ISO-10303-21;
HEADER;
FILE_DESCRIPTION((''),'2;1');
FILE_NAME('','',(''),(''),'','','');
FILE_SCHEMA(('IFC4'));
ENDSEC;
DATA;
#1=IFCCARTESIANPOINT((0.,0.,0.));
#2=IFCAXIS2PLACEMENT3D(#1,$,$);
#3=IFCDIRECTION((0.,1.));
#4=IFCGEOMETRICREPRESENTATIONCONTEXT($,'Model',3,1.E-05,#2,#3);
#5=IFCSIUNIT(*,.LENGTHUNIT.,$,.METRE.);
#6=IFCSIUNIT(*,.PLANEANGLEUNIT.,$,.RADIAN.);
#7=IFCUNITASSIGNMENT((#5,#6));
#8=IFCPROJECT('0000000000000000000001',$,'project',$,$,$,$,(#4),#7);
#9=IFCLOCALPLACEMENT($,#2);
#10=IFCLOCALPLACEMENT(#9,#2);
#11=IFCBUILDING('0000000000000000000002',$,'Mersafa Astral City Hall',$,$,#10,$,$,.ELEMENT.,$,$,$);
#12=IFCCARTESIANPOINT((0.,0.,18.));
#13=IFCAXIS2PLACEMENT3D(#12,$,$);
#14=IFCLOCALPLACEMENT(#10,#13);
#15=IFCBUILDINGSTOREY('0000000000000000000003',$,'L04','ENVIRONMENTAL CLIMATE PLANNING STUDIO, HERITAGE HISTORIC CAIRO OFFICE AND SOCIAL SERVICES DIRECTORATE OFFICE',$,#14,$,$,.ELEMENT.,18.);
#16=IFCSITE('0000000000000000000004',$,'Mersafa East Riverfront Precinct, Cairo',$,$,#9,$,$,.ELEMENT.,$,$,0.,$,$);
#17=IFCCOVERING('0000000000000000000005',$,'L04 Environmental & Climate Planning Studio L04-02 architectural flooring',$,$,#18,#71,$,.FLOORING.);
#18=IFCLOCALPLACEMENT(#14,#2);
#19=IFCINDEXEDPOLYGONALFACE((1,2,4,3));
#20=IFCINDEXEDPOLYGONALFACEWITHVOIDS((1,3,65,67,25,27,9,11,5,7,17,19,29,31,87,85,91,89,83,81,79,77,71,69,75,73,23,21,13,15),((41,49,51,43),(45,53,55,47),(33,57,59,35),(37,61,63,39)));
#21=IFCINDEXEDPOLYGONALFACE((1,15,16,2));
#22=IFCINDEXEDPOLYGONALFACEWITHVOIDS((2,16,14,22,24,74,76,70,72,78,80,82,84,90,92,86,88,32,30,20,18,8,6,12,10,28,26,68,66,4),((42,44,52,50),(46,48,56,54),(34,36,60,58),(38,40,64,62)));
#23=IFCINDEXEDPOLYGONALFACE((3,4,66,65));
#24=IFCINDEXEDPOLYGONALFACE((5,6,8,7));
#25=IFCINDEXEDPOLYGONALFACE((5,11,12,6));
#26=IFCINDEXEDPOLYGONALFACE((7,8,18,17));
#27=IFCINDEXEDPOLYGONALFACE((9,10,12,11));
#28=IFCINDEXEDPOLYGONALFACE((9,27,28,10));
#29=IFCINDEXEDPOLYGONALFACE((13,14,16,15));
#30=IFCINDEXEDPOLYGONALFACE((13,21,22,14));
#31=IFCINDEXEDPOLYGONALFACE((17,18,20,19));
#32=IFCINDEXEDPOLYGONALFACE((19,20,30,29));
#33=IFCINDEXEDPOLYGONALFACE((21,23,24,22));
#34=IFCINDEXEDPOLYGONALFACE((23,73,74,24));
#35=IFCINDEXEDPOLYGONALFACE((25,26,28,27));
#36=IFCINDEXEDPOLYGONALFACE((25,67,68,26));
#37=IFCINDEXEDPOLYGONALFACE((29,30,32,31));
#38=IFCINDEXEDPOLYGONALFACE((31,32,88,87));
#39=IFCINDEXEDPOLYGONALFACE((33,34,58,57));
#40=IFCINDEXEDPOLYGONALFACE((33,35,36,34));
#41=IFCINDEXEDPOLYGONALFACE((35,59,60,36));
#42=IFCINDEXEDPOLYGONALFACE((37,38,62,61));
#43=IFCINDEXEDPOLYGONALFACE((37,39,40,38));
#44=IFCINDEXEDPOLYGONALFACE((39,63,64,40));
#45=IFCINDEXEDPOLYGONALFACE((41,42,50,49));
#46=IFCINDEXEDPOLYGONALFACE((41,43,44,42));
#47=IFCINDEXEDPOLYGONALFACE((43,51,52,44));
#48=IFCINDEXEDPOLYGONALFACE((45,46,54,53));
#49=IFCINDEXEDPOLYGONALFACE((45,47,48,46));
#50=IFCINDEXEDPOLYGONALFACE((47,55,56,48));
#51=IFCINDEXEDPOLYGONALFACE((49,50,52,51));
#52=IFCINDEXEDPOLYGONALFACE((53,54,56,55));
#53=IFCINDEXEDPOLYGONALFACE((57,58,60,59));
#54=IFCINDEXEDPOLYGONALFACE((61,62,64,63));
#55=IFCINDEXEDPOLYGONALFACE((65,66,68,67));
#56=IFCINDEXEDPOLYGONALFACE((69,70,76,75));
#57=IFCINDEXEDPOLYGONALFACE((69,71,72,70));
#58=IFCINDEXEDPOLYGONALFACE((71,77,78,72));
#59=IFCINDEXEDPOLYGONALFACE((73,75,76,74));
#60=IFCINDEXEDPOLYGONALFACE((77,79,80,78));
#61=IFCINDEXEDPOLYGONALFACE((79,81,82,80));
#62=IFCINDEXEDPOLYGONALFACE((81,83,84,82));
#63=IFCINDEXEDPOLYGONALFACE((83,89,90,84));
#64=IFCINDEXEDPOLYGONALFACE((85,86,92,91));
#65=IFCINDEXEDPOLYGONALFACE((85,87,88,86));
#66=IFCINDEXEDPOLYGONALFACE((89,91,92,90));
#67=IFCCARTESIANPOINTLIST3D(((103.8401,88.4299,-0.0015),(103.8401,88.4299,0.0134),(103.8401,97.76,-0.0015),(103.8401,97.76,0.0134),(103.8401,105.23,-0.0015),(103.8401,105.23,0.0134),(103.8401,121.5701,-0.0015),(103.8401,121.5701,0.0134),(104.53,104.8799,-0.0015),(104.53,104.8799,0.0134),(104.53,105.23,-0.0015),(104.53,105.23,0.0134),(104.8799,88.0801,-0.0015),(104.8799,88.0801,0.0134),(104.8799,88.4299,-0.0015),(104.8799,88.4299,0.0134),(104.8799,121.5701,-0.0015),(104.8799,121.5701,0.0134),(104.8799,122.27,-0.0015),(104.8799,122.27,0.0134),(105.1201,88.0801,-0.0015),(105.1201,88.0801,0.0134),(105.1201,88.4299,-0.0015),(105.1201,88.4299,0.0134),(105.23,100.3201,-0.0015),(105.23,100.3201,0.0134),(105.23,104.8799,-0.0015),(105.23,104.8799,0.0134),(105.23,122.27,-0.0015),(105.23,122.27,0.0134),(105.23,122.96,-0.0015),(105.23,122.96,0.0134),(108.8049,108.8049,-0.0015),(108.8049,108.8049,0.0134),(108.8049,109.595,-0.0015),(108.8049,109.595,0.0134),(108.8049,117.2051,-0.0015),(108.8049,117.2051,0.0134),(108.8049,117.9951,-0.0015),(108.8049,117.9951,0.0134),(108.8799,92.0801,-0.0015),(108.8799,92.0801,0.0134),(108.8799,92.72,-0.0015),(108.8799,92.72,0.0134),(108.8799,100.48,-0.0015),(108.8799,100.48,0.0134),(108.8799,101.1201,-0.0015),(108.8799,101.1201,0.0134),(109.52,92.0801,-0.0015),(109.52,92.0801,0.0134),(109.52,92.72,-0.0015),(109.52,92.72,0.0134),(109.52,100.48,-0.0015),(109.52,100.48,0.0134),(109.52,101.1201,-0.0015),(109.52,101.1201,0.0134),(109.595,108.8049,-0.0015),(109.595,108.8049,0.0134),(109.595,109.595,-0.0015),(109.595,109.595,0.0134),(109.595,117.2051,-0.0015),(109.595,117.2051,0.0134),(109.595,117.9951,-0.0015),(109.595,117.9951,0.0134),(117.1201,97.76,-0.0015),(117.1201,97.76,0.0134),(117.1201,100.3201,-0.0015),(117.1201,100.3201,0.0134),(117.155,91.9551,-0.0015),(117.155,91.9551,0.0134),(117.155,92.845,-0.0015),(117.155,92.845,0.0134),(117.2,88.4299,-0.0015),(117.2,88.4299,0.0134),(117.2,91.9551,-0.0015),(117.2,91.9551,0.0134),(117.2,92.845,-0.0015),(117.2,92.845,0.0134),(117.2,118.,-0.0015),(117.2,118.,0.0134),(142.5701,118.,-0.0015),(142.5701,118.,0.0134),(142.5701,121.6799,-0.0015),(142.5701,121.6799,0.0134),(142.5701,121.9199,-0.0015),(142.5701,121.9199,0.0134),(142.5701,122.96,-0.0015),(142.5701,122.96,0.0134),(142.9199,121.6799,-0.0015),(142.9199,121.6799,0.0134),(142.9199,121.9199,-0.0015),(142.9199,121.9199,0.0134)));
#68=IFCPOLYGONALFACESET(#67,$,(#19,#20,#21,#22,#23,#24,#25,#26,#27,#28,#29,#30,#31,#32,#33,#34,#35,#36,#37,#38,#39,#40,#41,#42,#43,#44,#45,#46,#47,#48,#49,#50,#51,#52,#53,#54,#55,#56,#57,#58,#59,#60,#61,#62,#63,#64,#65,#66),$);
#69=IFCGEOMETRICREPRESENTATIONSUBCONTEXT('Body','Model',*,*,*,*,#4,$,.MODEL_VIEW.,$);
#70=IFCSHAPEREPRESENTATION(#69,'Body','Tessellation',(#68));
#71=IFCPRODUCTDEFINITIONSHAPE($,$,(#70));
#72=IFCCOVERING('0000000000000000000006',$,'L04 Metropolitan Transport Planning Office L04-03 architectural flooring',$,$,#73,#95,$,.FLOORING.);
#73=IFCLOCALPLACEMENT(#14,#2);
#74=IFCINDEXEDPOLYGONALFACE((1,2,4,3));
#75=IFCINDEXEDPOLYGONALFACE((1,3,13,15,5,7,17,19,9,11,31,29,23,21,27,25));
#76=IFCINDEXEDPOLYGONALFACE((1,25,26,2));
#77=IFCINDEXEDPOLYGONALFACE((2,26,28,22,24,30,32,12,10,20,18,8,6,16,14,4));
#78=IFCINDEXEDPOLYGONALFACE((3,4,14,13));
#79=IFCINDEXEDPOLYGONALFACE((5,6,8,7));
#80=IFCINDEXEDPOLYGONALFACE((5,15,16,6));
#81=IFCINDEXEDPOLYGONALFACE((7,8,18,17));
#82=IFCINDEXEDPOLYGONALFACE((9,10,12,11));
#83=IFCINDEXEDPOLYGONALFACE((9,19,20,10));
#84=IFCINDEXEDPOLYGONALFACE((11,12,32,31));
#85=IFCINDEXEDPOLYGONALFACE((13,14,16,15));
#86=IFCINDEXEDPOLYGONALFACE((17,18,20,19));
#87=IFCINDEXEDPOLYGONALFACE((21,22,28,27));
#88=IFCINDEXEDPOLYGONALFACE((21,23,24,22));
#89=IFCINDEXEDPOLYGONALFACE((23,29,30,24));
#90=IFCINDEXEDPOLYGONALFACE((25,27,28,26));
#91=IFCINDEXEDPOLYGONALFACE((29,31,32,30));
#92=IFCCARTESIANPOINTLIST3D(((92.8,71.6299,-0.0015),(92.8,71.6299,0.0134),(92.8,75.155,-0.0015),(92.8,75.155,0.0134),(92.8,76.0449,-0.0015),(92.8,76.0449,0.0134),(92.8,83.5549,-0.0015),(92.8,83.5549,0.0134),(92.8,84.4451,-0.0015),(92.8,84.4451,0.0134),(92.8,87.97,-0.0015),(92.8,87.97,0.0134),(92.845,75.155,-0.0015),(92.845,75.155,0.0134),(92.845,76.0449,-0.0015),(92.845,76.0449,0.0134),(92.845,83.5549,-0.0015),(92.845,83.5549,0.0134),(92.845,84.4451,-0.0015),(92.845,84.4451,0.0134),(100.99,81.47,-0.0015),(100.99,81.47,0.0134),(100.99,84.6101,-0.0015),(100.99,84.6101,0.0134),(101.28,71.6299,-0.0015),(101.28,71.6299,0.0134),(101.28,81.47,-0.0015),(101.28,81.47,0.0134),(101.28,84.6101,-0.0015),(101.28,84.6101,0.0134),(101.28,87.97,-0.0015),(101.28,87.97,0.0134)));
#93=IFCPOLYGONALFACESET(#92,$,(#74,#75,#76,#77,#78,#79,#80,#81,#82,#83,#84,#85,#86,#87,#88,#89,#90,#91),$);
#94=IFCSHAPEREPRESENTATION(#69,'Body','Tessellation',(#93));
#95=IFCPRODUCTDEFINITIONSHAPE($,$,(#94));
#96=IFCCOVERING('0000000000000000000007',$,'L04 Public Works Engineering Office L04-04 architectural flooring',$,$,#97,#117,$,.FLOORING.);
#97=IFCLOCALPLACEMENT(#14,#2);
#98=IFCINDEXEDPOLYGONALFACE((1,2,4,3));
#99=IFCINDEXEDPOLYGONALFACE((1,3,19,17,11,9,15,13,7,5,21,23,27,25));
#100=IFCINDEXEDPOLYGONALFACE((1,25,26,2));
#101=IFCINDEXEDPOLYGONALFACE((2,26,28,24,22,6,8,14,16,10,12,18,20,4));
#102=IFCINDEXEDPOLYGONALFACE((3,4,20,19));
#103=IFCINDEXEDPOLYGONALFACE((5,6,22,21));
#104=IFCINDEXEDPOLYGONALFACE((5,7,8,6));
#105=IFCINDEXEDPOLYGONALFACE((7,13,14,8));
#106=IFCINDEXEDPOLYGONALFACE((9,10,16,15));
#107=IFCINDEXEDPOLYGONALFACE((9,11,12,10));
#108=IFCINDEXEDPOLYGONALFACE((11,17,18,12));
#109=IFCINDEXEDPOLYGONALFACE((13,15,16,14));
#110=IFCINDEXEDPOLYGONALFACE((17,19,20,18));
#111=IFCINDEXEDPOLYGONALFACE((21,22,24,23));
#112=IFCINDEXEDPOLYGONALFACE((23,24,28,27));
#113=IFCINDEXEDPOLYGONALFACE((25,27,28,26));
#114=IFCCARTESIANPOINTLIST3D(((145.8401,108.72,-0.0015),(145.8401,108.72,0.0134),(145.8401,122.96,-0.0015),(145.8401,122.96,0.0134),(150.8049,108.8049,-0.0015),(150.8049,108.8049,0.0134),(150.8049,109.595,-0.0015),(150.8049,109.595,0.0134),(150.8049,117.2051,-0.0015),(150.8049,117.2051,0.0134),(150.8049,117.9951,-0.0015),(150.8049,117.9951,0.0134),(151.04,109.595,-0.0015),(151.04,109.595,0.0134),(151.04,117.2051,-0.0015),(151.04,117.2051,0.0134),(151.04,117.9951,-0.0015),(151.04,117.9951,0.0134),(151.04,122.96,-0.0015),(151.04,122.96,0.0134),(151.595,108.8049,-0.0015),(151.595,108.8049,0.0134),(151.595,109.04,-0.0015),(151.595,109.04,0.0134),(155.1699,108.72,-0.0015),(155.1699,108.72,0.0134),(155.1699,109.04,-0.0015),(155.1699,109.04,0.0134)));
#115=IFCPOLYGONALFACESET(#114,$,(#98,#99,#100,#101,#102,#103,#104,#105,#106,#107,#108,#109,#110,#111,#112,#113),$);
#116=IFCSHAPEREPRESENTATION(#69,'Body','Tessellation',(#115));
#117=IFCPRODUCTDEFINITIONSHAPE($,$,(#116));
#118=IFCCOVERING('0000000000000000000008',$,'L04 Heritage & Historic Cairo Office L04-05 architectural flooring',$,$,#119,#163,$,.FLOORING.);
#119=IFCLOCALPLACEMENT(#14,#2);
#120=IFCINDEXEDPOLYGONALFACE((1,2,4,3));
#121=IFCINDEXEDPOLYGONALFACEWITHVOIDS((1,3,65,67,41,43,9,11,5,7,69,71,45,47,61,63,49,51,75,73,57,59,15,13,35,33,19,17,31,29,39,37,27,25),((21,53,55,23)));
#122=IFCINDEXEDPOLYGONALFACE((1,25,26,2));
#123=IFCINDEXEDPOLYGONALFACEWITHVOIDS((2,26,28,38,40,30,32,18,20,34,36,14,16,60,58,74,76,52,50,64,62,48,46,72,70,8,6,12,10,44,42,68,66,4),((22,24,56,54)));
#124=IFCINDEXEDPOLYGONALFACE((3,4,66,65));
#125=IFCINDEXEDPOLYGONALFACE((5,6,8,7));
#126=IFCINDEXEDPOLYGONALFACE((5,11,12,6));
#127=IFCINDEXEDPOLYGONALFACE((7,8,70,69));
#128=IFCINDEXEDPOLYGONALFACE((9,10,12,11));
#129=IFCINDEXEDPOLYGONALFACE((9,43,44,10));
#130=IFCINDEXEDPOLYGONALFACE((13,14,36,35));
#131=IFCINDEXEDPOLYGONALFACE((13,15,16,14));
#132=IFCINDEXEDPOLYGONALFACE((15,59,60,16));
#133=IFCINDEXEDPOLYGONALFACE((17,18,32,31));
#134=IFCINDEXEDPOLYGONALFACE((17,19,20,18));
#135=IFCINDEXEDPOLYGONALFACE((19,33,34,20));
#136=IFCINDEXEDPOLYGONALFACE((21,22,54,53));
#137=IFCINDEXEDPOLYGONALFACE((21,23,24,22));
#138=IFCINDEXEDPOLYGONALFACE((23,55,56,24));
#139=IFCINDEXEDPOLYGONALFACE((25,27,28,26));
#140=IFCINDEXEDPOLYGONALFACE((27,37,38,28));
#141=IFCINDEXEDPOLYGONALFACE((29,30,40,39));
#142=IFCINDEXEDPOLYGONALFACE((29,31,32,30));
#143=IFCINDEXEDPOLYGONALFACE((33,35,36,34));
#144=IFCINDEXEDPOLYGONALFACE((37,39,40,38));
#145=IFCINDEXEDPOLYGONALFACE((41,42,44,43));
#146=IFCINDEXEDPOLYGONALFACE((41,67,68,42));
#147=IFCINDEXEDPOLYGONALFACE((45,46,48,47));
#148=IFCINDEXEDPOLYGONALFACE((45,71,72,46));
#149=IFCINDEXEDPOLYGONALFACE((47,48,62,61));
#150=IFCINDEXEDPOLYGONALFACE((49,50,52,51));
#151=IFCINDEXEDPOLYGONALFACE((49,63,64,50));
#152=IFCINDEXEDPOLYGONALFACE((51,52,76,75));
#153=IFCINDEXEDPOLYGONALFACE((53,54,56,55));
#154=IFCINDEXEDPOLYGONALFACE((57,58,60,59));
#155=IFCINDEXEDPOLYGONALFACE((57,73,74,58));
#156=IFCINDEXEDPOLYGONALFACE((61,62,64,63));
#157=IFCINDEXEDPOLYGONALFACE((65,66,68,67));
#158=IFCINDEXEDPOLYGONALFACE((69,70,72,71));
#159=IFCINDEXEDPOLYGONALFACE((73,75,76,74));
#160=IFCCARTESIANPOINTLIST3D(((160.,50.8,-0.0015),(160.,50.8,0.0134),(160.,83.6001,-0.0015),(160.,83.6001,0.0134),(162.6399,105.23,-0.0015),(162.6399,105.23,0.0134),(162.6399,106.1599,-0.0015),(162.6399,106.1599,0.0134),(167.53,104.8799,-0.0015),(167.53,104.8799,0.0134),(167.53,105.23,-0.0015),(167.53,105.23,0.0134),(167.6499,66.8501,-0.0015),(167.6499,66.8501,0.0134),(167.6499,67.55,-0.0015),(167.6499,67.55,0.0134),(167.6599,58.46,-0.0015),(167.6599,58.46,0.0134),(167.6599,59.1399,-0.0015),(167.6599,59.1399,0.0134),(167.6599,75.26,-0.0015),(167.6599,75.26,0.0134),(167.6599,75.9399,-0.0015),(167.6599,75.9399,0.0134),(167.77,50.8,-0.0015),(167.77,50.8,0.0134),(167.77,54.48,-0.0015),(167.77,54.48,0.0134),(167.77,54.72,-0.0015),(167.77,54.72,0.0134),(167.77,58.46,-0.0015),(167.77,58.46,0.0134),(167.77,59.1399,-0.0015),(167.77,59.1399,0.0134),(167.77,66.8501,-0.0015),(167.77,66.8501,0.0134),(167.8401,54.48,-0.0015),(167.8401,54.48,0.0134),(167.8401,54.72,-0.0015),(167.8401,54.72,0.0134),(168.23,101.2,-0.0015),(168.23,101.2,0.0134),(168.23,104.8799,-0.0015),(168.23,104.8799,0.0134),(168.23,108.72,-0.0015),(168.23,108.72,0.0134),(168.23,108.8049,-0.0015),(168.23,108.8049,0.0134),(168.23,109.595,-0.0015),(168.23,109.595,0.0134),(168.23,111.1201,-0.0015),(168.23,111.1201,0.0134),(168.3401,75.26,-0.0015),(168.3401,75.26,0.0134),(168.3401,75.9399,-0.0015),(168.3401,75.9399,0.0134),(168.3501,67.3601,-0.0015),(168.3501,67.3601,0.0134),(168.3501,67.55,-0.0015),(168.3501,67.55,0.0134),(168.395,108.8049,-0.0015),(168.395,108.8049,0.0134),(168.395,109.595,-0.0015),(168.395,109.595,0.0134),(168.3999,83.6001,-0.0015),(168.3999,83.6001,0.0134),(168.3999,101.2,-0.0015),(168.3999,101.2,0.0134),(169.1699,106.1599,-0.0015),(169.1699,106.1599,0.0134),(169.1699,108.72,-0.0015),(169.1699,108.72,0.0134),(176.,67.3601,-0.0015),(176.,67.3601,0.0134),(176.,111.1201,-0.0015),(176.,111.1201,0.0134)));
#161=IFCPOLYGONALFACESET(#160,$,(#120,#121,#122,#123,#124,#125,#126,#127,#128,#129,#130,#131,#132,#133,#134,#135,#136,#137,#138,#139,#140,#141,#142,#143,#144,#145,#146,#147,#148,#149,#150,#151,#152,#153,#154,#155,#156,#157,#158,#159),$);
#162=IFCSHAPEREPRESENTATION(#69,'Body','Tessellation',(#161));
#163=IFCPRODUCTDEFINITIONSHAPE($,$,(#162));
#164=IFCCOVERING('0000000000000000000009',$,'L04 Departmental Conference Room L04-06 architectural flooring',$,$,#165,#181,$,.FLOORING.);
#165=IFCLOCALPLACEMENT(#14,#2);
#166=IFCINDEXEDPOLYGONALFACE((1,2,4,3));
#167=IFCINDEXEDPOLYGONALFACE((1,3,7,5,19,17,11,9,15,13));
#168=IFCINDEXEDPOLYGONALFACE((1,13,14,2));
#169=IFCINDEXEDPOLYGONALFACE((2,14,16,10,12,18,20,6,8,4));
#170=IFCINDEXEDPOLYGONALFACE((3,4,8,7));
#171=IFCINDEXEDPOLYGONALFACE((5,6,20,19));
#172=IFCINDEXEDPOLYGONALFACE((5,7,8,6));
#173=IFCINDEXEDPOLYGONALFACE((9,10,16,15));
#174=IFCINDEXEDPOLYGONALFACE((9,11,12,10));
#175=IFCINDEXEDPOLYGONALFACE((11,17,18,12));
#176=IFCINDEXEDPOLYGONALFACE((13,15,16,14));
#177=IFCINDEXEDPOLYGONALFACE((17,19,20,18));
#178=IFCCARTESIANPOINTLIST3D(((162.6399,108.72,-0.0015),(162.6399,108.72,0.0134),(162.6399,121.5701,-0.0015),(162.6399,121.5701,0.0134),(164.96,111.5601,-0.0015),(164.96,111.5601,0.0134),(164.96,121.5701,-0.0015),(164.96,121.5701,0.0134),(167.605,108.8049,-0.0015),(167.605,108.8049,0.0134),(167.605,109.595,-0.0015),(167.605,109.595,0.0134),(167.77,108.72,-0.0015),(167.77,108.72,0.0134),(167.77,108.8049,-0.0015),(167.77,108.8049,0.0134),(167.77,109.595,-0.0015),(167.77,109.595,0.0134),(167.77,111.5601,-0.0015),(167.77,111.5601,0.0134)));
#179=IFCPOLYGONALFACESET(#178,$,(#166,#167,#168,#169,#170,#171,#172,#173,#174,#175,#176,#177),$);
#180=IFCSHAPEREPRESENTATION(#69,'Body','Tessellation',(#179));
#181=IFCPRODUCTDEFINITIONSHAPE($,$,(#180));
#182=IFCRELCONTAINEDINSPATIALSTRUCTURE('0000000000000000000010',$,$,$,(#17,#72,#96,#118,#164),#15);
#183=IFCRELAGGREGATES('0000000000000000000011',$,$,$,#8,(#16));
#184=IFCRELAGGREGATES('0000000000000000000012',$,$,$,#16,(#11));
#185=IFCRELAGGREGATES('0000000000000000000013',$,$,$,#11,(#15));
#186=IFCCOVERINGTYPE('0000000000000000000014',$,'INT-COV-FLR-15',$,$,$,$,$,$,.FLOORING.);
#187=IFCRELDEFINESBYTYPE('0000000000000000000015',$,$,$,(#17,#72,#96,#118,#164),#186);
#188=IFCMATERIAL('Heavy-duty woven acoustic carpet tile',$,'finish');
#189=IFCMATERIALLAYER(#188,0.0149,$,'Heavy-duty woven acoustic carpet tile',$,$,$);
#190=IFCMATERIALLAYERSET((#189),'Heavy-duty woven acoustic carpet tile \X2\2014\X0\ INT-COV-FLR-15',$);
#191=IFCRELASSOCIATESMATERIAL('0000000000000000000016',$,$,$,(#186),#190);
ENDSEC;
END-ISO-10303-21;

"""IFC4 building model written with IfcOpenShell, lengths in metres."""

from ifc_helpers import new_model, si_unit, direction, frame, origin, place, context, subcontext, project, spatial, polyline, outline, extrude, material, layer, layer_set, type_object, element, save


model = new_model("IFC4")

# Units and contexts
model_context = context("Model", 3, precision=1e-05, world=origin(), true_north=direction((0.0, 1.0)))
body_context = subcontext(model_context, "Body", "Model", "MODEL_VIEW")
ifc_project = project(units=[si_unit("LENGTHUNIT", "METRE"), si_unit("PLANEANGLEUNIT", "RADIAN")], contexts=[model_context])

# Site, building, storey
site_placement = place(None, origin())
site = spatial("IfcSite", under=ifc_project, at=site_placement, Name="Mersafa East Riverfront Precinct, Cairo", CompositionType="ELEMENT", RefElevation=0.0)
building_placement = place(site_placement, origin())
building = spatial("IfcBuilding", under=site, at=building_placement, Name="Mersafa Astral City Hall", CompositionType="ELEMENT")
storey_placement = place(building_placement, frame((0.0, 0.0, 18.0)))
storey = spatial("IfcBuildingStorey", under=building, at=storey_placement, Name="L04", Description="ENVIRONMENTAL CLIMATE PLANNING STUDIO, HERITAGE HISTORIC CAIRO OFFICE AND SOCIAL SERVICES DIRECTORATE OFFICE", CompositionType="ELEMENT", Elevation=18.0)

# Coverings
ifc_material_1 = material(Name="Heavy-duty woven acoustic carpet tile", Category="finish")
ifc_layer_1 = layer(ifc_material_1, 0.0149, Name="Heavy-duty woven acoustic carpet tile")
ifc_layer_set_1 = layer_set([ifc_layer_1], Name="Heavy-duty woven acoustic carpet tile — INT-COV-FLR-15")
covering_type_1 = type_object("IfcCoveringType", Name="INT-COV-FLR-15", PredefinedType="FLOORING", material=ifc_layer_set_1)
covering_1_placement = place(storey_placement, frame((0.0, 0.0, -0.0015)))
element("IfcCovering", 1, at=covering_1_placement, inside=storey, type_object=covering_type_1, Name="L04 Environmental & Climate Planning Studio L04-02 architectural flooring", PredefinedType="FLOORING", context=body_context, shape_type="SweptSolid", body=[
    extrude(outline(polyline([(105.23, 100.3201), (105.23, 104.8799), (104.53, 104.8799), (104.53, 105.23), (103.8401, 105.23), (103.8401, 121.5701), (104.8799, 121.5701), (104.8799, 122.27), (105.23, 122.27), (105.23, 122.96), (142.5701, 122.96), (142.5701, 121.9199), (142.9199, 121.9199), (142.9199, 121.6799), (142.5701, 121.6799), (142.5701, 118.0), (117.2, 118.0), (117.2, 92.845), (117.155, 92.845), (117.155, 91.9551), (117.2, 91.9551), (117.2, 88.4299), (105.1201, 88.4299), (105.1201, 88.0801), (104.8799, 88.0801), (104.8799, 88.4299), (103.8401, 88.4299), (103.8401, 97.76), (117.1201, 97.76), (117.1201, 100.3201), (105.23, 100.3201)]), holes=[polyline([(109.595, 108.8049), (109.595, 109.595), (108.8049, 109.595), (108.8049, 108.8049), (109.595, 108.8049)]), polyline([(109.595, 117.2051), (109.595, 117.9951), (108.8049, 117.9951), (108.8049, 117.2051), (109.595, 117.2051)]), polyline([(109.52, 92.0801), (109.52, 92.72), (108.8799, 92.72), (108.8799, 92.0801), (109.52, 92.0801)]), polyline([(109.52, 101.1201), (108.8799, 101.1201), (108.8799, 100.48), (109.52, 100.48), (109.52, 101.1201)])]), origin(), (0.0, 0.0, 1.0), 0.0149),
])
covering_2_placement = place(storey_placement, frame((0.0, 0.0, -0.0015)))
element("IfcCovering", 2, at=covering_2_placement, inside=storey, type_object=covering_type_1, Name="L04 Metropolitan Transport Planning Office L04-03 architectural flooring", PredefinedType="FLOORING", context=body_context, shape_type="SweptSolid", body=[
    extrude(outline(polyline([(92.845, 75.155), (92.845, 76.0449), (92.8, 76.0449), (92.8, 83.5549), (92.845, 83.5549), (92.845, 84.4451), (92.8, 84.4451), (92.8, 87.97), (101.28, 87.97), (101.28, 84.6101), (100.99, 84.6101), (100.99, 81.47), (101.28, 81.47), (101.28, 71.6299), (92.8, 71.6299), (92.8, 75.155), (92.845, 75.155)])), origin(), (0.0, 0.0, 1.0), 0.0149),
])
covering_3_placement = place(storey_placement, frame((0.0, 0.0, -0.0015)))
element("IfcCovering", 3, at=covering_3_placement, inside=storey, type_object=covering_type_1, Name="L04 Public Works Engineering Office L04-04 architectural flooring", PredefinedType="FLOORING", context=body_context, shape_type="SweptSolid", body=[
    extrude(outline(polyline([(151.04, 122.96), (151.04, 117.9951), (150.8049, 117.9951), (150.8049, 117.2051), (151.04, 117.2051), (151.04, 109.595), (150.8049, 109.595), (150.8049, 108.8049), (151.595, 108.8049), (151.595, 109.04), (155.1699, 109.04), (155.1699, 108.72), (145.8401, 108.72), (145.8401, 122.96), (151.04, 122.96)])), origin(), (0.0, 0.0, 1.0), 0.0149),
])
covering_4_placement = place(storey_placement, frame((0.0, 0.0, -0.0015)))
element("IfcCovering", 4, at=covering_4_placement, inside=storey, type_object=covering_type_1, Name="L04 Heritage & Historic Cairo Office L04-05 architectural flooring", PredefinedType="FLOORING", context=body_context, shape_type="SweptSolid", body=[
    extrude(outline(polyline([(168.3999, 83.6001), (168.3999, 101.2), (168.23, 101.2), (168.23, 104.8799), (167.53, 104.8799), (167.53, 105.23), (162.6399, 105.23), (162.6399, 106.1599), (169.1699, 106.1599), (169.1699, 108.72), (168.23, 108.72), (168.23, 108.8049), (168.395, 108.8049), (168.395, 109.595), (168.23, 109.595), (168.23, 111.1201), (176.0, 111.1201), (176.0, 67.3601), (168.3501, 67.3601), (168.3501, 67.55), (167.6499, 67.55), (167.6499, 66.8501), (167.77, 66.8501), (167.77, 59.1399), (167.6599, 59.1399), (167.6599, 58.46), (167.77, 58.46), (167.77, 54.72), (167.8401, 54.72), (167.8401, 54.48), (167.77, 54.48), (167.77, 50.8), (160.0, 50.8), (160.0, 83.6001), (168.3999, 83.6001)]), holes=[polyline([(168.3401, 75.26), (168.3401, 75.9399), (167.6599, 75.9399), (167.6599, 75.26), (168.3401, 75.26)])]), origin(), (0.0, 0.0, 1.0), 0.0149),
])
covering_5_placement = place(storey_placement, frame((0.0, 0.0, -0.0015)))
element("IfcCovering", 5, at=covering_5_placement, inside=storey, type_object=covering_type_1, Name="L04 Departmental Conference Room L04-06 architectural flooring", PredefinedType="FLOORING", context=body_context, shape_type="SweptSolid", body=[
    extrude(outline(polyline([(164.96, 121.5701), (164.96, 111.5601), (167.77, 111.5601), (167.77, 109.595), (167.605, 109.595), (167.605, 108.8049), (167.77, 108.8049), (167.77, 108.72), (162.6399, 108.72), (162.6399, 121.5701), (164.96, 121.5701)])), origin(), (0.0, 0.0, 1.0), 0.0149),
])

save(model, "model.ifc")
